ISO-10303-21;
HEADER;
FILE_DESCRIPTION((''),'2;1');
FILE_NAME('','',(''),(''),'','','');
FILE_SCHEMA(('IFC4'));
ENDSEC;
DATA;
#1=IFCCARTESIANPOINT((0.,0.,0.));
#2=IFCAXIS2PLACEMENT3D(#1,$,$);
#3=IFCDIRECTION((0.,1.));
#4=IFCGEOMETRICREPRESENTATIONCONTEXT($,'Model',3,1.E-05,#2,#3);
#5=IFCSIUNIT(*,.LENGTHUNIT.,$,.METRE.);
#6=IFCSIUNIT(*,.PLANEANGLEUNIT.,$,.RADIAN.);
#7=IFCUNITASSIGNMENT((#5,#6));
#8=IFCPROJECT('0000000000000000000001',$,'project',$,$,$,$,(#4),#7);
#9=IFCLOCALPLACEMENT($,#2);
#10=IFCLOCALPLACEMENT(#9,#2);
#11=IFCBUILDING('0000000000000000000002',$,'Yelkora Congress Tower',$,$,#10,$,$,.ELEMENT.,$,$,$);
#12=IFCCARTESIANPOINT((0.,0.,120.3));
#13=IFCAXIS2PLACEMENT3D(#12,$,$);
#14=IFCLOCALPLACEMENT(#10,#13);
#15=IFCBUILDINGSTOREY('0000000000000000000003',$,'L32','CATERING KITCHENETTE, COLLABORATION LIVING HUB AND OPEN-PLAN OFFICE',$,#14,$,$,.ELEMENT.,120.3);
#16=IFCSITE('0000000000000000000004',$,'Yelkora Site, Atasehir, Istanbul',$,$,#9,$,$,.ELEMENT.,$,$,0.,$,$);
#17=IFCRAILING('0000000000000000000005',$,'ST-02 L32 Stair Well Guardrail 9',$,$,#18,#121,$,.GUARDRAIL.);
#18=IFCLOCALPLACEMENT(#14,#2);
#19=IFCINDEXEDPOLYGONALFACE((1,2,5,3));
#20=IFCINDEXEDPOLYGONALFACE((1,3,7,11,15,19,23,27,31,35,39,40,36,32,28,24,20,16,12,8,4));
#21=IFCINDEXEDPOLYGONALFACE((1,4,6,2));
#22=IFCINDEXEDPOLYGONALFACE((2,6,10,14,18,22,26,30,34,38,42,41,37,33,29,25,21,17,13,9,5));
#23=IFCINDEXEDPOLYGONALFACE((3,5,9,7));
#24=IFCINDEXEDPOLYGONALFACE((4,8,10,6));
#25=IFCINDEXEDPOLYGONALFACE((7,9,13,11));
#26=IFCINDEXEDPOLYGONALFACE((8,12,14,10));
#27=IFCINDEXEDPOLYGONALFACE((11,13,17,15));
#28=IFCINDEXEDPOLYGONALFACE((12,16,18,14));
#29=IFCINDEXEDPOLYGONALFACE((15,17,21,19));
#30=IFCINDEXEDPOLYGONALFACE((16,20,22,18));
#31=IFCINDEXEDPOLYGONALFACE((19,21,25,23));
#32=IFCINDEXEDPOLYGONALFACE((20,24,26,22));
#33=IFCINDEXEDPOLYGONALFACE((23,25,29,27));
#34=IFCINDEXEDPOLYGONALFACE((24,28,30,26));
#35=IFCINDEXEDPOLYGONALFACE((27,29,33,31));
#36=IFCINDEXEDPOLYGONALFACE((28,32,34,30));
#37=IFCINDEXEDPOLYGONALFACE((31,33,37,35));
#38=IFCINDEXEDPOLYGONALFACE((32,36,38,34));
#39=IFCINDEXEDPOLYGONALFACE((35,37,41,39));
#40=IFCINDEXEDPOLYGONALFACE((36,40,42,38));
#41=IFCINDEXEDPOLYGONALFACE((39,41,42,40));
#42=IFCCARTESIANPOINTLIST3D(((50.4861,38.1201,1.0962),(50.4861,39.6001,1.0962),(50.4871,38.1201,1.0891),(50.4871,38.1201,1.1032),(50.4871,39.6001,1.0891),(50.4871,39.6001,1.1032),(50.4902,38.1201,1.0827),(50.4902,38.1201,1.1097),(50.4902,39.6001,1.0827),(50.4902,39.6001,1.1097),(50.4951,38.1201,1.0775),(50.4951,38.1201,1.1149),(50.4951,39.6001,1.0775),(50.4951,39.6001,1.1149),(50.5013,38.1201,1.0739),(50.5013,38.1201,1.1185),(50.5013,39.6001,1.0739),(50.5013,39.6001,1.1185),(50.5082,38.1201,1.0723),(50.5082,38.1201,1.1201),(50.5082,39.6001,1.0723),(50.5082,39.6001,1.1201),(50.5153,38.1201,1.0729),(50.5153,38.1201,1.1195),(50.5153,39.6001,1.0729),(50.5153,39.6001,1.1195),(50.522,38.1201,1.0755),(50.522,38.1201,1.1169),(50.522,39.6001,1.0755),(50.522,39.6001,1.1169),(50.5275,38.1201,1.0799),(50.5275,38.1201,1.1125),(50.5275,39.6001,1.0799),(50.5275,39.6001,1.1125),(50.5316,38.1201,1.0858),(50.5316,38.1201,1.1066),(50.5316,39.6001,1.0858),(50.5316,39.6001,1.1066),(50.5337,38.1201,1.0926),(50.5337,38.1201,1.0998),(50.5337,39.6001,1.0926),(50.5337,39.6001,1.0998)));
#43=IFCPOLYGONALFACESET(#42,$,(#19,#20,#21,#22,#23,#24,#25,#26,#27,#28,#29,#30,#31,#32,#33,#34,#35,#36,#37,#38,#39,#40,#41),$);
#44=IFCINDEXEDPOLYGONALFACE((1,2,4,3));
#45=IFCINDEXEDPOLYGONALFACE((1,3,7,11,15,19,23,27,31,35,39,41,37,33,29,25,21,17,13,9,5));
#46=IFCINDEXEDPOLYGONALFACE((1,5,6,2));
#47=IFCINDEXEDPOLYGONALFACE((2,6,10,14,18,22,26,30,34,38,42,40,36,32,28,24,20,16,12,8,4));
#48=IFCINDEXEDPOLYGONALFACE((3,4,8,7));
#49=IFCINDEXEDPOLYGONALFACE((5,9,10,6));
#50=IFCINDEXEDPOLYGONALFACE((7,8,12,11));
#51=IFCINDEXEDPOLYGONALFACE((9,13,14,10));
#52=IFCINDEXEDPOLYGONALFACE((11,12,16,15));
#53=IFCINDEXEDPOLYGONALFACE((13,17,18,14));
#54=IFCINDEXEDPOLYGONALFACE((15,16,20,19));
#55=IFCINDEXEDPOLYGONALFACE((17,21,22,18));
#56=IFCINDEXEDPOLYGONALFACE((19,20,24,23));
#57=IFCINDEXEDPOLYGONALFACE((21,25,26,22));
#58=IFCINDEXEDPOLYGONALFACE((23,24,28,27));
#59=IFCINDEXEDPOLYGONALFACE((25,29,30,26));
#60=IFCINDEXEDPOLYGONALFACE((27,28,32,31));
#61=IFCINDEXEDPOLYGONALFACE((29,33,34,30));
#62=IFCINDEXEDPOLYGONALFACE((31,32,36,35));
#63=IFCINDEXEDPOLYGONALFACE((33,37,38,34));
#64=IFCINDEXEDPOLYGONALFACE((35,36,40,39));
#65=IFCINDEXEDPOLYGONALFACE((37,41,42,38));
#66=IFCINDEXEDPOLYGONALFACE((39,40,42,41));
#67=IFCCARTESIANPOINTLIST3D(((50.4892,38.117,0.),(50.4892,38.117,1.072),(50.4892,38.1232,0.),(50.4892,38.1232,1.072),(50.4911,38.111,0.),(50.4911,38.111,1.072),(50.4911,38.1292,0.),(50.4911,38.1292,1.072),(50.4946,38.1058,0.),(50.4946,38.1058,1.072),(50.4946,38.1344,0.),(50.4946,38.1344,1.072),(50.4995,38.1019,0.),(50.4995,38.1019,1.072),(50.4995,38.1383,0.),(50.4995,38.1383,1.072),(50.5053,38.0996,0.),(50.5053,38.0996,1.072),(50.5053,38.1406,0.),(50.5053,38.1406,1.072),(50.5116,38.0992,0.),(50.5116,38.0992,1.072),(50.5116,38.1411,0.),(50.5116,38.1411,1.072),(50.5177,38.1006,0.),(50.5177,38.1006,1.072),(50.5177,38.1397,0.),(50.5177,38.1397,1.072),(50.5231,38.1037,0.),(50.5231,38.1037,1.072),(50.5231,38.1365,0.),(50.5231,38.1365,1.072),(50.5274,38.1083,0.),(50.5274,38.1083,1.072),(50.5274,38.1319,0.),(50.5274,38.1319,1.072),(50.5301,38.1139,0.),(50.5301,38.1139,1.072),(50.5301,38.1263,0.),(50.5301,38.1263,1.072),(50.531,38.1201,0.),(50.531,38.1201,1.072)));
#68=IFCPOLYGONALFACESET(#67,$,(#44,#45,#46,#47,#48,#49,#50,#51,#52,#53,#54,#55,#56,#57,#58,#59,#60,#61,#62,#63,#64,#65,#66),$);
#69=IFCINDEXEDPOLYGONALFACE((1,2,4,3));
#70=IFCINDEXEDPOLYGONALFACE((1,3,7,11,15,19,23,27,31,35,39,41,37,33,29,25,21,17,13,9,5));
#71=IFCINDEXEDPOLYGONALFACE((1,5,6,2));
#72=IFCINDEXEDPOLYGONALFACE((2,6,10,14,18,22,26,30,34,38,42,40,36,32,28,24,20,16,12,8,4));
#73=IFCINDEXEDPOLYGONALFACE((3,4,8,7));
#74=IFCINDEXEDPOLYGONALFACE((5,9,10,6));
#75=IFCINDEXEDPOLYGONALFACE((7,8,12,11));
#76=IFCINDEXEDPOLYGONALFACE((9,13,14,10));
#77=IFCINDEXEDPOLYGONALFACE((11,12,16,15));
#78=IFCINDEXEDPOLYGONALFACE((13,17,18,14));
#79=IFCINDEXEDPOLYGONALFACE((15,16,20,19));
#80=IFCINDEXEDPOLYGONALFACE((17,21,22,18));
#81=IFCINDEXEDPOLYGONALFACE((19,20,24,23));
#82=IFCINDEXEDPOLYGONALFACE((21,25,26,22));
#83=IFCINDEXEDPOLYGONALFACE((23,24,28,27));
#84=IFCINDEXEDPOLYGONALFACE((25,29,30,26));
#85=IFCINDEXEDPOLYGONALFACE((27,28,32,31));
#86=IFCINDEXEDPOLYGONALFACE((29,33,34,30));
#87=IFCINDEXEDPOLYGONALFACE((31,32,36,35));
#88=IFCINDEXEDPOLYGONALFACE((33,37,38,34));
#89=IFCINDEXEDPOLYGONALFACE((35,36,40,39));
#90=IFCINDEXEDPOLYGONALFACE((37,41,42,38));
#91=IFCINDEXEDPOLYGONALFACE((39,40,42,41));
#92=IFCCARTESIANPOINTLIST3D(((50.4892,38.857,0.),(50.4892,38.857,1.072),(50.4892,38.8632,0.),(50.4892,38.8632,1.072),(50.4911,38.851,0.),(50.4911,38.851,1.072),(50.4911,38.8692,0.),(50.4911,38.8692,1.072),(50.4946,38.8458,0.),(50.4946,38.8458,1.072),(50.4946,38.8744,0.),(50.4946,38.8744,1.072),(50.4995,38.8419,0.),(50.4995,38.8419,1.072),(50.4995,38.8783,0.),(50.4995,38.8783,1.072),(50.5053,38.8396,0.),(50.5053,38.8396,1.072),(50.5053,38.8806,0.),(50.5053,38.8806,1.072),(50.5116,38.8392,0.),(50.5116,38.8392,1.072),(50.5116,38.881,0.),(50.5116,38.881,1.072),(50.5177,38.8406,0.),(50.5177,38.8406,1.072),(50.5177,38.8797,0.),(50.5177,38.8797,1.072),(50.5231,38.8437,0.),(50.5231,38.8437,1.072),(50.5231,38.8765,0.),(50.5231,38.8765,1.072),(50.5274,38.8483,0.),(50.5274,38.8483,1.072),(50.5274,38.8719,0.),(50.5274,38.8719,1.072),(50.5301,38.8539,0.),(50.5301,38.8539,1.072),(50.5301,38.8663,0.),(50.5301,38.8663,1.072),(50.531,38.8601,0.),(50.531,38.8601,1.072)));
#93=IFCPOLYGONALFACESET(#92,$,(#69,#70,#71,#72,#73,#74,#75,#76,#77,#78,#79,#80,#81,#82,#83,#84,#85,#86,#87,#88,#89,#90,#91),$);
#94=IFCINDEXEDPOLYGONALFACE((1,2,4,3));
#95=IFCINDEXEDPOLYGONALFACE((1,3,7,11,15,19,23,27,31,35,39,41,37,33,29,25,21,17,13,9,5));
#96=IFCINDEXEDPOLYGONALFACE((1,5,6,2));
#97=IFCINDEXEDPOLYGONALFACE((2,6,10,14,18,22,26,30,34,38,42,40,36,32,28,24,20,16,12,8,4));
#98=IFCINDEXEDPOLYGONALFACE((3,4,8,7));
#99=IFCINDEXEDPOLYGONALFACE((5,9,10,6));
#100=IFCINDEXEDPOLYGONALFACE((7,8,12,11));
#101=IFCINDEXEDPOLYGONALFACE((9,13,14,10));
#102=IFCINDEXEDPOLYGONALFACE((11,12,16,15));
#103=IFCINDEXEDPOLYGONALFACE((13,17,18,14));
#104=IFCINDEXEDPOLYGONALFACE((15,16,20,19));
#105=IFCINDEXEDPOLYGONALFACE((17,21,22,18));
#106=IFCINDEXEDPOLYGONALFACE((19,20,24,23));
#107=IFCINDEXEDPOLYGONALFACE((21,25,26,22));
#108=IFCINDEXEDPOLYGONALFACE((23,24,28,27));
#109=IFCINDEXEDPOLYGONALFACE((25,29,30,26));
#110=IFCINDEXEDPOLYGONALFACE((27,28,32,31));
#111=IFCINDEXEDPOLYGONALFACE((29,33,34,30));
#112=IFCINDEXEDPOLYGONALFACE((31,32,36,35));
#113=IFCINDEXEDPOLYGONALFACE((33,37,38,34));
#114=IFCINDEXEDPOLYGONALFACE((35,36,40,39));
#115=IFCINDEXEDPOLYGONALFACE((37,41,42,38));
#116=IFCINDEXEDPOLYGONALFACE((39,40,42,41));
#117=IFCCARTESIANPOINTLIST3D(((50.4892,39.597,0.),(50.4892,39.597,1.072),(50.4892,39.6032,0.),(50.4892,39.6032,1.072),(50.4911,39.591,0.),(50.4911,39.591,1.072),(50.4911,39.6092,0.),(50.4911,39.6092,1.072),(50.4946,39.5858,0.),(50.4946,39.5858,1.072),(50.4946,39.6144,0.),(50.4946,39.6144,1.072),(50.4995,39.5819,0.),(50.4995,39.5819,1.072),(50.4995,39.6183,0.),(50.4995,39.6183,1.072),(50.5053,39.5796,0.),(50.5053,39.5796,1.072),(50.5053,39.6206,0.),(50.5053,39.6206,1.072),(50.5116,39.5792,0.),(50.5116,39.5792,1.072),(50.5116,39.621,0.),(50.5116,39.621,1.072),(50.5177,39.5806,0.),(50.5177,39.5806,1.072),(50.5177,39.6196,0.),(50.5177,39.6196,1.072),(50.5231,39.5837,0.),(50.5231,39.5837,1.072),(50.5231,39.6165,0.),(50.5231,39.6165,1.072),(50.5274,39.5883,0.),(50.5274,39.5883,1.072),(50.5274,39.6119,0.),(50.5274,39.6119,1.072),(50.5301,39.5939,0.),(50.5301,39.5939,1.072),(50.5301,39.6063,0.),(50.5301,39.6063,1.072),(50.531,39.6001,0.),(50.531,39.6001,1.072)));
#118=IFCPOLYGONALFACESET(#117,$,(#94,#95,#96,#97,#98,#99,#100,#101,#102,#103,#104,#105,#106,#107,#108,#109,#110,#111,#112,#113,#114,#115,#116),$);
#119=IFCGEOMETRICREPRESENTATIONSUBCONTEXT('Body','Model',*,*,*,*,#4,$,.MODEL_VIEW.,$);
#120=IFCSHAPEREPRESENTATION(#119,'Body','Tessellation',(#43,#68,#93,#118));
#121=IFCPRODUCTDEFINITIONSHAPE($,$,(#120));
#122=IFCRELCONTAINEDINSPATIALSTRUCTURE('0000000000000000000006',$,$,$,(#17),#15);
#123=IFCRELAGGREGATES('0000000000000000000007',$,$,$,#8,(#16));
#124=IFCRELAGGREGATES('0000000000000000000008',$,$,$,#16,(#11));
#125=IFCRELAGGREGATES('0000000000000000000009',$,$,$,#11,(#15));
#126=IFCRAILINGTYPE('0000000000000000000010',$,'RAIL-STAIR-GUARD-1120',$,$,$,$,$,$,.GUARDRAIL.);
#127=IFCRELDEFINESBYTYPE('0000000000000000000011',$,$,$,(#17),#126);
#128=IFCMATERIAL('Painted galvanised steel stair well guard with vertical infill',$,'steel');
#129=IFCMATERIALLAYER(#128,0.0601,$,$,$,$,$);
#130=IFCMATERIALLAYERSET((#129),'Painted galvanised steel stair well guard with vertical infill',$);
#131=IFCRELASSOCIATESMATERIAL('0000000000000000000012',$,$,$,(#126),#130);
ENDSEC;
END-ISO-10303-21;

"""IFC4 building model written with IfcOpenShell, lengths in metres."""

from ifc_helpers import new_model, si_unit, direction, frame, origin, origin_2d, place, context, subcontext, project, spatial, circle, extrude, material, layer, layer_set, type_object, element, save


model = new_model("IFC4")

# Units and contexts
model_context = context("Model", 3, precision=1e-05, world=origin(), true_north=direction((0.0, 1.0)))
body_context = subcontext(model_context, "Body", "Model", "MODEL_VIEW")
ifc_project = project(units=[si_unit("LENGTHUNIT", "METRE"), si_unit("PLANEANGLEUNIT", "RADIAN")], contexts=[model_context])

# Site, building, storey
site_placement = place(None, origin())
site = spatial("IfcSite", under=ifc_project, at=site_placement, Name="Yelkora Site, Atasehir, Istanbul", CompositionType="ELEMENT", RefElevation=0.0)
building_placement = place(site_placement, origin())
building = spatial("IfcBuilding", under=site, at=building_placement, Name="Yelkora Congress Tower", CompositionType="ELEMENT")
storey_placement = place(building_placement, frame((0.0, 0.0, 120.3)))
storey = spatial("IfcBuildingStorey", under=building, at=storey_placement, Name="L32", Description="CATERING KITCHENETTE, COLLABORATION LIVING HUB AND OPEN-PLAN OFFICE", CompositionType="ELEMENT", Elevation=120.3)

# Railing
ifc_material_1 = material(Name="Painted galvanised steel stair well guard with vertical infill", Category="steel")
ifc_layer_1 = layer(ifc_material_1, 0.0601)
ifc_layer_set_1 = layer_set([ifc_layer_1], Name="Painted galvanised steel stair well guard with vertical infill")
railing_type_1 = type_object("IfcRailingType", Name="RAIL-STAIR-GUARD-1120", PredefinedType="GUARDRAIL", material=ifc_layer_set_1)
for number, where, name in (
    (1, (50.51, 38.1201, 0.0), "ST-02 L32 Stair Well Guardrail 9"),
):
    element("IfcRailing", number, at=place(storey_placement, frame(where)), inside=storey, type_object=railing_type_1, Name=name, PredefinedType="GUARDRAIL", context=body_context, shape_type="SweptSolid", body=[
        extrude(circle(Radius=0.0239, at=origin_2d()), frame((0.0, 0.0, 1.0962), z_axis=(0.0, 1.0, 0.0), x_axis=(-1.0, 0.0, 0.0)), (0.0, 0.0, 1.0), 1.48),
        extrude(circle(Radius=0.021, at=origin_2d()), origin(), (0.0, 0.0, 1.0), 1.072),
        extrude(circle(Radius=0.021, at=origin_2d()), frame((0.0, 0.74, 0.0)), (0.0, 0.0, 1.0), 1.072),
        extrude(circle(Radius=0.021, at=origin_2d()), frame((0.0, 1.48, 0.0)), (0.0, 0.0, 1.0), 1.072),
    ])

save(model, "model.ifc")
